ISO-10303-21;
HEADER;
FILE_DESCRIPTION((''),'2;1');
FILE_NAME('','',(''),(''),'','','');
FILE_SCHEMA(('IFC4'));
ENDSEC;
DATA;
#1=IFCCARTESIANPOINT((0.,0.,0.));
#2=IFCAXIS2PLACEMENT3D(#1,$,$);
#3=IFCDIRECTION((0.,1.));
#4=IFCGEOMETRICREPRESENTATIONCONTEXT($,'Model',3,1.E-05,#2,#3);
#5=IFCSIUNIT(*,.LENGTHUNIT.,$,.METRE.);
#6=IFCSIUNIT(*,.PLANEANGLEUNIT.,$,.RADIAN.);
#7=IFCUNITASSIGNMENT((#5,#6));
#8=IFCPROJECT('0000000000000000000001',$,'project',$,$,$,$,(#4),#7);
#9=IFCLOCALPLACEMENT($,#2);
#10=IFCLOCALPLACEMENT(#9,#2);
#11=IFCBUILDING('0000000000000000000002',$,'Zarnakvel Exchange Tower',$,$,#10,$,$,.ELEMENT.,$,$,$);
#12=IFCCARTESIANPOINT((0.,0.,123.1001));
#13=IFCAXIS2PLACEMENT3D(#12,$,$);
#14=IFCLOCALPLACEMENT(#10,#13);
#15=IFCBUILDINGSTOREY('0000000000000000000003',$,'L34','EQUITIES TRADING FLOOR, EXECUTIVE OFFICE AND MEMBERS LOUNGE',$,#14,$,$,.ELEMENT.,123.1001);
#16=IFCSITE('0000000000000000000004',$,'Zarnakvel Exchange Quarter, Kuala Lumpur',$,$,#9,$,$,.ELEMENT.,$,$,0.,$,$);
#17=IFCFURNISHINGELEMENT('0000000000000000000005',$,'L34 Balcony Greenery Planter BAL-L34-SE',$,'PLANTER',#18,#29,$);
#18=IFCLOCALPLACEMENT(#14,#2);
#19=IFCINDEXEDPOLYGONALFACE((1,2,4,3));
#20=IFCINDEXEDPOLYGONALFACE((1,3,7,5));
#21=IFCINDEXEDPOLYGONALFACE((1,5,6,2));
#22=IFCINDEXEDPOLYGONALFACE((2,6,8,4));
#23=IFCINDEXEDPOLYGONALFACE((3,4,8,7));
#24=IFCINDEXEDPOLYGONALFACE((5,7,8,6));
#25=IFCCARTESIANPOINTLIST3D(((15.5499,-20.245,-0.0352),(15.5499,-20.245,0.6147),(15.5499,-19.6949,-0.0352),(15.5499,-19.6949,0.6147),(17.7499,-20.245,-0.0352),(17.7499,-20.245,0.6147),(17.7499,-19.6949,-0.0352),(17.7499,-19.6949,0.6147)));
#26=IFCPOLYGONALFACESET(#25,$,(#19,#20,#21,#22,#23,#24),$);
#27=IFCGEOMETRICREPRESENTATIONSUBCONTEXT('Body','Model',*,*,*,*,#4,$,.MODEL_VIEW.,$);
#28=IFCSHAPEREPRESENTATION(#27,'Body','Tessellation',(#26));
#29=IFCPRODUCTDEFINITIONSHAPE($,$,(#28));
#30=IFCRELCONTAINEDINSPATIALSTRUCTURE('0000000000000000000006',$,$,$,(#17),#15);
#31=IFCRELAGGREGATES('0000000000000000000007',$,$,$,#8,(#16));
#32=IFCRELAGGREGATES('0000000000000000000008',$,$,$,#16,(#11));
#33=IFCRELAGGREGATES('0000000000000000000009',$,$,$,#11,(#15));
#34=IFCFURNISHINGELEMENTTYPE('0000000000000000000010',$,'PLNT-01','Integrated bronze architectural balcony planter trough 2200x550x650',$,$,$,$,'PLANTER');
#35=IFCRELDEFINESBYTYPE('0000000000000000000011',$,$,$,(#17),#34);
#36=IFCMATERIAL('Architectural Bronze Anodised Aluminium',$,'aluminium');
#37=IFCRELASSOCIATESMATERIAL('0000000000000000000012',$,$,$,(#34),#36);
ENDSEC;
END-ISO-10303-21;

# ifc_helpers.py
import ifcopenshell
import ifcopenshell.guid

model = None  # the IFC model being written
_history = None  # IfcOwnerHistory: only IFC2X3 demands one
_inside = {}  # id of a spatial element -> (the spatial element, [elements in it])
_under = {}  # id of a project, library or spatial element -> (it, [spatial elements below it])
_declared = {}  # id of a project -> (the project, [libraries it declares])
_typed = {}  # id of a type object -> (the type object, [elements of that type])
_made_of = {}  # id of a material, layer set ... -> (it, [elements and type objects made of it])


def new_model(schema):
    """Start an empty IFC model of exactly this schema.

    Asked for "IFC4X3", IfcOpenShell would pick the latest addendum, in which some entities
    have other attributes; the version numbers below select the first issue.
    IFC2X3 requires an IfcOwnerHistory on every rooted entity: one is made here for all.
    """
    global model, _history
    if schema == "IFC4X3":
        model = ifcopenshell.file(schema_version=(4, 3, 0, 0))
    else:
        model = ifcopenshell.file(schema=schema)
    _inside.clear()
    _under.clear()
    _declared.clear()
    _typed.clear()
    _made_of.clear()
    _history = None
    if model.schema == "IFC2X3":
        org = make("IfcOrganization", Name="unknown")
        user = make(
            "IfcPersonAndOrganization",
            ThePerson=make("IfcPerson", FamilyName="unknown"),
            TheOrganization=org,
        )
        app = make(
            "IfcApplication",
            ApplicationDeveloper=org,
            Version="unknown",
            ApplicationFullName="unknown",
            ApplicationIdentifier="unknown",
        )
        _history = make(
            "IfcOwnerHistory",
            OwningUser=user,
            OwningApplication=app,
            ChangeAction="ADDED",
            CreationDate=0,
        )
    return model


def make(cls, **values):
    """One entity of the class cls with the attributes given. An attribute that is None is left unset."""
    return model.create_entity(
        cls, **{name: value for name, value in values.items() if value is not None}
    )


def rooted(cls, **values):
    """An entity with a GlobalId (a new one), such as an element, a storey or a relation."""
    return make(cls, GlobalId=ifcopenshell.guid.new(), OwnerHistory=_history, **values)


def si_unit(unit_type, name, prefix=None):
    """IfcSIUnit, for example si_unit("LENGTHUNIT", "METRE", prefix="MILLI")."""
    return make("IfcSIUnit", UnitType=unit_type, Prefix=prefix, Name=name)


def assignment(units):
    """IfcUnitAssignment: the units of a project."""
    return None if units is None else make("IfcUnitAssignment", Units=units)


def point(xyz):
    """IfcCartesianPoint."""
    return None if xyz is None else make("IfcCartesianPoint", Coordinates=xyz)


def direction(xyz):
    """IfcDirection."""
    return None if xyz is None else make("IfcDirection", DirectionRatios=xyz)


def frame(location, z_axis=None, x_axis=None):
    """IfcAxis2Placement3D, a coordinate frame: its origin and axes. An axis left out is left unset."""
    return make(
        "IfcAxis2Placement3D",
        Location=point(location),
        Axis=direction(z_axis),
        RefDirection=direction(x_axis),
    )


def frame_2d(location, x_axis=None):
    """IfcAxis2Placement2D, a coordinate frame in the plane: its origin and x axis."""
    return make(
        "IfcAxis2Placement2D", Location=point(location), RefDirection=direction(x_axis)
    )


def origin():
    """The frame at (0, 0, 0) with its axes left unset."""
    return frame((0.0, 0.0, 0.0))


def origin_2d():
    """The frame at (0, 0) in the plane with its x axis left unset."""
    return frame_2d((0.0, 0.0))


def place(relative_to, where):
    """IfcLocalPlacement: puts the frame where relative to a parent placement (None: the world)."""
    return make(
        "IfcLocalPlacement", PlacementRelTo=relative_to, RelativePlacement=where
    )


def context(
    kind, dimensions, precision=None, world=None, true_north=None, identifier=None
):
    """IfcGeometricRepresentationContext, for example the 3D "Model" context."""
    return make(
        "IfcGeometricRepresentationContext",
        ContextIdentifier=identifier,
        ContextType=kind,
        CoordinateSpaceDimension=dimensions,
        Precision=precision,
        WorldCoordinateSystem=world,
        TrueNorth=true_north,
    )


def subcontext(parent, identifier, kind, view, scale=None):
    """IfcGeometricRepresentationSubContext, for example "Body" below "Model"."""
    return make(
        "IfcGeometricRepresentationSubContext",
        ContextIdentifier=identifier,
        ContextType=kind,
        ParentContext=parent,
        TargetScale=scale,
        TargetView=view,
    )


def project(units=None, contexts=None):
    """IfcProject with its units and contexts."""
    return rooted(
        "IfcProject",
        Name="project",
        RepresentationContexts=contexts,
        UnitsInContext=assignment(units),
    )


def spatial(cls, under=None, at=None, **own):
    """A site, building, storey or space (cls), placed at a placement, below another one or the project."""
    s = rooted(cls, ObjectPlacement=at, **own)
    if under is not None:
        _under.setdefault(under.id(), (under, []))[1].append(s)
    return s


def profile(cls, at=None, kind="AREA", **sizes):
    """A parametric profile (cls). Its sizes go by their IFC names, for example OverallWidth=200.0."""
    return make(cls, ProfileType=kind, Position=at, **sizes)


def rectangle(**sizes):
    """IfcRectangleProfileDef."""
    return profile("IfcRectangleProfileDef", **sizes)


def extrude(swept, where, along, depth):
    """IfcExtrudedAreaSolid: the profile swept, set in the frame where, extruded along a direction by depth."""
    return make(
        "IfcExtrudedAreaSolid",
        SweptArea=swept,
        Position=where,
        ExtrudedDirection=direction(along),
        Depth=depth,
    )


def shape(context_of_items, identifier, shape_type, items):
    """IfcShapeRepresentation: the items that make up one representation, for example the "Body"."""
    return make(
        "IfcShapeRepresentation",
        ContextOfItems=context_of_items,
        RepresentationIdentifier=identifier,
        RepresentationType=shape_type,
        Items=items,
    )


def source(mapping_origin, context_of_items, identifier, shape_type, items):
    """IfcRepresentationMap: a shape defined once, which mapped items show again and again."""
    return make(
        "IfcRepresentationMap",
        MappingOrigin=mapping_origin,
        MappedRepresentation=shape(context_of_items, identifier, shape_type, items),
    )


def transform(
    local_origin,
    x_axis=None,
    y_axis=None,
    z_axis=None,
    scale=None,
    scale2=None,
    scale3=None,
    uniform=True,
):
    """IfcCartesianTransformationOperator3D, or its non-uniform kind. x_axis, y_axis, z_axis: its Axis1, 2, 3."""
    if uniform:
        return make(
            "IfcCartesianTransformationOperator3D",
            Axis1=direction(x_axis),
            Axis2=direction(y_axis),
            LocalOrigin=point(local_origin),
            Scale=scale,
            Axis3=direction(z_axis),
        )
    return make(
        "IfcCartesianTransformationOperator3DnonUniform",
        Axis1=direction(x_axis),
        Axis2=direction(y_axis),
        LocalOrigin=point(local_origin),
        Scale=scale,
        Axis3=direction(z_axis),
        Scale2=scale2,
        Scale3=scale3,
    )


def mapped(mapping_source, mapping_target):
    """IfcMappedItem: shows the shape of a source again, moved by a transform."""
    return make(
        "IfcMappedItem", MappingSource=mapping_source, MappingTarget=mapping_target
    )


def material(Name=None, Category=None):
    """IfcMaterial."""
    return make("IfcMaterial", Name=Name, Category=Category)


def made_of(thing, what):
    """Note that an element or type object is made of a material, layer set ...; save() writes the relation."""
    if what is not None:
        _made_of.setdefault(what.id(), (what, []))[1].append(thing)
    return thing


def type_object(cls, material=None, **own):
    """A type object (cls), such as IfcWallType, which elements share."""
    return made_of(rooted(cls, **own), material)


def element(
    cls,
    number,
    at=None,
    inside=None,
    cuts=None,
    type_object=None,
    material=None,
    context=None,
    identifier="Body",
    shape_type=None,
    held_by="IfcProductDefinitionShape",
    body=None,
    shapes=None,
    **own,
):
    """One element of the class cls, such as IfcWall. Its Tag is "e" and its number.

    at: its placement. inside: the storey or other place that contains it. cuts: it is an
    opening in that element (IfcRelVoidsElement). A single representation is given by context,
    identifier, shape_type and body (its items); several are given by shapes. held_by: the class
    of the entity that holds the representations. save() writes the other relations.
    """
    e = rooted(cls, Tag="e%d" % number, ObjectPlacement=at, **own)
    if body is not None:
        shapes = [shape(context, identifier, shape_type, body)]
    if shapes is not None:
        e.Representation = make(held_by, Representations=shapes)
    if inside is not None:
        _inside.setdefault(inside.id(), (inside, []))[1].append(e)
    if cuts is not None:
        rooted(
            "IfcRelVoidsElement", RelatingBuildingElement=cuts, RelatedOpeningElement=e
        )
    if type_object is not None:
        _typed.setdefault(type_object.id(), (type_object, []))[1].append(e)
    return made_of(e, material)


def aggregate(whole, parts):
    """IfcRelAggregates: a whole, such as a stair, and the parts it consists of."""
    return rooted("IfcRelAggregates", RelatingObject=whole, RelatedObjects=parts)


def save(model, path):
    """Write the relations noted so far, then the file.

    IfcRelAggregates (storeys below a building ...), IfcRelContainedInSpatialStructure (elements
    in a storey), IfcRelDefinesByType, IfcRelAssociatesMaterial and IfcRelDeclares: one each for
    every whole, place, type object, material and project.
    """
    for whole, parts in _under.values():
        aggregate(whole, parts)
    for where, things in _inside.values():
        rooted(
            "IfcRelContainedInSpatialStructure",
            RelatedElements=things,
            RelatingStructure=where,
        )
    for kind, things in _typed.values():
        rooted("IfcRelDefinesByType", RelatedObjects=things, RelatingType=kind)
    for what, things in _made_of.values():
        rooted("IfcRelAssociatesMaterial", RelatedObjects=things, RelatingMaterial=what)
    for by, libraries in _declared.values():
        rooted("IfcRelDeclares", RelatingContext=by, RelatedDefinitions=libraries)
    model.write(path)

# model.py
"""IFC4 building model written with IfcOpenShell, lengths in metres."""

from ifc_helpers import new_model, si_unit, direction, frame, origin, origin_2d, place, context, subcontext, project, spatial, rectangle, extrude, source, transform, mapped, material, type_object, element, save


model = new_model("IFC4")

# Units and contexts
model_context = context("Model", 3, precision=1e-05, world=origin(), true_north=direction((0.0, 1.0)))
body_context = subcontext(model_context, "Body", "Model", "MODEL_VIEW")
ifc_project = project(units=[si_unit("LENGTHUNIT", "METRE"), si_unit("PLANEANGLEUNIT", "RADIAN")], contexts=[model_context])

# Site, building, storey
site_placement = place(None, origin())
site = spatial("IfcSite", under=ifc_project, at=site_placement, Name="Zarnakvel Exchange Quarter, Kuala Lumpur", CompositionType="ELEMENT", RefElevation=0.0)
building_placement = place(site_placement, origin())
building = spatial("IfcBuilding", under=site, at=building_placement, Name="Zarnakvel Exchange Tower", CompositionType="ELEMENT")
storey_placement = place(building_placement, frame((0.0, 0.0, 123.1001)))
storey = spatial("IfcBuildingStorey", under=building, at=storey_placement, Name="L34", Description="EQUITIES TRADING FLOOR, EXECUTIVE OFFICE AND MEMBERS LOUNGE", CompositionType="ELEMENT", Elevation=123.1001)

# Shared definitions
ifc_material_1 = material(Name="Architectural Bronze Anodised Aluminium", Category="aluminium")

# Furnishing element
furnishing_element_type = type_object("IfcFurnishingElementType", Name="PLNT-01", Description="Integrated bronze architectural balcony planter trough 2200x550x650", ElementType="PLANTER", material=ifc_material_1)
shared_shape_1 = source(origin(), body_context, "Body", "SweptSolid", [
    extrude(rectangle(XDim=2.2, YDim=0.55, at=origin_2d()), origin(), (0.0, 0.0, 1.0), 0.6499),
])
furnishing_placement = place(storey_placement, frame((16.6499, -19.97, -0.0352), z_axis=(0.0, 0.0, 1.0), x_axis=(1.0, 0.0, 0.0)))
element("IfcFurnishingElement", 1, at=furnishing_placement, inside=storey, type_object=furnishing_element_type, Name="L34 Balcony Greenery Planter BAL-L34-SE", ObjectType="PLANTER", context=body_context, shape_type="MappedRepresentation", body=[
    mapped(shared_shape_1, transform((0.0, 0.0, 0.0), x_axis=(1.0, 0.0, 0.0), y_axis=(0.0, 1.0, 0.0), z_axis=(0.0, 0.0, 1.0), scale=1.0)),
])

save(model, "model.ifc")
